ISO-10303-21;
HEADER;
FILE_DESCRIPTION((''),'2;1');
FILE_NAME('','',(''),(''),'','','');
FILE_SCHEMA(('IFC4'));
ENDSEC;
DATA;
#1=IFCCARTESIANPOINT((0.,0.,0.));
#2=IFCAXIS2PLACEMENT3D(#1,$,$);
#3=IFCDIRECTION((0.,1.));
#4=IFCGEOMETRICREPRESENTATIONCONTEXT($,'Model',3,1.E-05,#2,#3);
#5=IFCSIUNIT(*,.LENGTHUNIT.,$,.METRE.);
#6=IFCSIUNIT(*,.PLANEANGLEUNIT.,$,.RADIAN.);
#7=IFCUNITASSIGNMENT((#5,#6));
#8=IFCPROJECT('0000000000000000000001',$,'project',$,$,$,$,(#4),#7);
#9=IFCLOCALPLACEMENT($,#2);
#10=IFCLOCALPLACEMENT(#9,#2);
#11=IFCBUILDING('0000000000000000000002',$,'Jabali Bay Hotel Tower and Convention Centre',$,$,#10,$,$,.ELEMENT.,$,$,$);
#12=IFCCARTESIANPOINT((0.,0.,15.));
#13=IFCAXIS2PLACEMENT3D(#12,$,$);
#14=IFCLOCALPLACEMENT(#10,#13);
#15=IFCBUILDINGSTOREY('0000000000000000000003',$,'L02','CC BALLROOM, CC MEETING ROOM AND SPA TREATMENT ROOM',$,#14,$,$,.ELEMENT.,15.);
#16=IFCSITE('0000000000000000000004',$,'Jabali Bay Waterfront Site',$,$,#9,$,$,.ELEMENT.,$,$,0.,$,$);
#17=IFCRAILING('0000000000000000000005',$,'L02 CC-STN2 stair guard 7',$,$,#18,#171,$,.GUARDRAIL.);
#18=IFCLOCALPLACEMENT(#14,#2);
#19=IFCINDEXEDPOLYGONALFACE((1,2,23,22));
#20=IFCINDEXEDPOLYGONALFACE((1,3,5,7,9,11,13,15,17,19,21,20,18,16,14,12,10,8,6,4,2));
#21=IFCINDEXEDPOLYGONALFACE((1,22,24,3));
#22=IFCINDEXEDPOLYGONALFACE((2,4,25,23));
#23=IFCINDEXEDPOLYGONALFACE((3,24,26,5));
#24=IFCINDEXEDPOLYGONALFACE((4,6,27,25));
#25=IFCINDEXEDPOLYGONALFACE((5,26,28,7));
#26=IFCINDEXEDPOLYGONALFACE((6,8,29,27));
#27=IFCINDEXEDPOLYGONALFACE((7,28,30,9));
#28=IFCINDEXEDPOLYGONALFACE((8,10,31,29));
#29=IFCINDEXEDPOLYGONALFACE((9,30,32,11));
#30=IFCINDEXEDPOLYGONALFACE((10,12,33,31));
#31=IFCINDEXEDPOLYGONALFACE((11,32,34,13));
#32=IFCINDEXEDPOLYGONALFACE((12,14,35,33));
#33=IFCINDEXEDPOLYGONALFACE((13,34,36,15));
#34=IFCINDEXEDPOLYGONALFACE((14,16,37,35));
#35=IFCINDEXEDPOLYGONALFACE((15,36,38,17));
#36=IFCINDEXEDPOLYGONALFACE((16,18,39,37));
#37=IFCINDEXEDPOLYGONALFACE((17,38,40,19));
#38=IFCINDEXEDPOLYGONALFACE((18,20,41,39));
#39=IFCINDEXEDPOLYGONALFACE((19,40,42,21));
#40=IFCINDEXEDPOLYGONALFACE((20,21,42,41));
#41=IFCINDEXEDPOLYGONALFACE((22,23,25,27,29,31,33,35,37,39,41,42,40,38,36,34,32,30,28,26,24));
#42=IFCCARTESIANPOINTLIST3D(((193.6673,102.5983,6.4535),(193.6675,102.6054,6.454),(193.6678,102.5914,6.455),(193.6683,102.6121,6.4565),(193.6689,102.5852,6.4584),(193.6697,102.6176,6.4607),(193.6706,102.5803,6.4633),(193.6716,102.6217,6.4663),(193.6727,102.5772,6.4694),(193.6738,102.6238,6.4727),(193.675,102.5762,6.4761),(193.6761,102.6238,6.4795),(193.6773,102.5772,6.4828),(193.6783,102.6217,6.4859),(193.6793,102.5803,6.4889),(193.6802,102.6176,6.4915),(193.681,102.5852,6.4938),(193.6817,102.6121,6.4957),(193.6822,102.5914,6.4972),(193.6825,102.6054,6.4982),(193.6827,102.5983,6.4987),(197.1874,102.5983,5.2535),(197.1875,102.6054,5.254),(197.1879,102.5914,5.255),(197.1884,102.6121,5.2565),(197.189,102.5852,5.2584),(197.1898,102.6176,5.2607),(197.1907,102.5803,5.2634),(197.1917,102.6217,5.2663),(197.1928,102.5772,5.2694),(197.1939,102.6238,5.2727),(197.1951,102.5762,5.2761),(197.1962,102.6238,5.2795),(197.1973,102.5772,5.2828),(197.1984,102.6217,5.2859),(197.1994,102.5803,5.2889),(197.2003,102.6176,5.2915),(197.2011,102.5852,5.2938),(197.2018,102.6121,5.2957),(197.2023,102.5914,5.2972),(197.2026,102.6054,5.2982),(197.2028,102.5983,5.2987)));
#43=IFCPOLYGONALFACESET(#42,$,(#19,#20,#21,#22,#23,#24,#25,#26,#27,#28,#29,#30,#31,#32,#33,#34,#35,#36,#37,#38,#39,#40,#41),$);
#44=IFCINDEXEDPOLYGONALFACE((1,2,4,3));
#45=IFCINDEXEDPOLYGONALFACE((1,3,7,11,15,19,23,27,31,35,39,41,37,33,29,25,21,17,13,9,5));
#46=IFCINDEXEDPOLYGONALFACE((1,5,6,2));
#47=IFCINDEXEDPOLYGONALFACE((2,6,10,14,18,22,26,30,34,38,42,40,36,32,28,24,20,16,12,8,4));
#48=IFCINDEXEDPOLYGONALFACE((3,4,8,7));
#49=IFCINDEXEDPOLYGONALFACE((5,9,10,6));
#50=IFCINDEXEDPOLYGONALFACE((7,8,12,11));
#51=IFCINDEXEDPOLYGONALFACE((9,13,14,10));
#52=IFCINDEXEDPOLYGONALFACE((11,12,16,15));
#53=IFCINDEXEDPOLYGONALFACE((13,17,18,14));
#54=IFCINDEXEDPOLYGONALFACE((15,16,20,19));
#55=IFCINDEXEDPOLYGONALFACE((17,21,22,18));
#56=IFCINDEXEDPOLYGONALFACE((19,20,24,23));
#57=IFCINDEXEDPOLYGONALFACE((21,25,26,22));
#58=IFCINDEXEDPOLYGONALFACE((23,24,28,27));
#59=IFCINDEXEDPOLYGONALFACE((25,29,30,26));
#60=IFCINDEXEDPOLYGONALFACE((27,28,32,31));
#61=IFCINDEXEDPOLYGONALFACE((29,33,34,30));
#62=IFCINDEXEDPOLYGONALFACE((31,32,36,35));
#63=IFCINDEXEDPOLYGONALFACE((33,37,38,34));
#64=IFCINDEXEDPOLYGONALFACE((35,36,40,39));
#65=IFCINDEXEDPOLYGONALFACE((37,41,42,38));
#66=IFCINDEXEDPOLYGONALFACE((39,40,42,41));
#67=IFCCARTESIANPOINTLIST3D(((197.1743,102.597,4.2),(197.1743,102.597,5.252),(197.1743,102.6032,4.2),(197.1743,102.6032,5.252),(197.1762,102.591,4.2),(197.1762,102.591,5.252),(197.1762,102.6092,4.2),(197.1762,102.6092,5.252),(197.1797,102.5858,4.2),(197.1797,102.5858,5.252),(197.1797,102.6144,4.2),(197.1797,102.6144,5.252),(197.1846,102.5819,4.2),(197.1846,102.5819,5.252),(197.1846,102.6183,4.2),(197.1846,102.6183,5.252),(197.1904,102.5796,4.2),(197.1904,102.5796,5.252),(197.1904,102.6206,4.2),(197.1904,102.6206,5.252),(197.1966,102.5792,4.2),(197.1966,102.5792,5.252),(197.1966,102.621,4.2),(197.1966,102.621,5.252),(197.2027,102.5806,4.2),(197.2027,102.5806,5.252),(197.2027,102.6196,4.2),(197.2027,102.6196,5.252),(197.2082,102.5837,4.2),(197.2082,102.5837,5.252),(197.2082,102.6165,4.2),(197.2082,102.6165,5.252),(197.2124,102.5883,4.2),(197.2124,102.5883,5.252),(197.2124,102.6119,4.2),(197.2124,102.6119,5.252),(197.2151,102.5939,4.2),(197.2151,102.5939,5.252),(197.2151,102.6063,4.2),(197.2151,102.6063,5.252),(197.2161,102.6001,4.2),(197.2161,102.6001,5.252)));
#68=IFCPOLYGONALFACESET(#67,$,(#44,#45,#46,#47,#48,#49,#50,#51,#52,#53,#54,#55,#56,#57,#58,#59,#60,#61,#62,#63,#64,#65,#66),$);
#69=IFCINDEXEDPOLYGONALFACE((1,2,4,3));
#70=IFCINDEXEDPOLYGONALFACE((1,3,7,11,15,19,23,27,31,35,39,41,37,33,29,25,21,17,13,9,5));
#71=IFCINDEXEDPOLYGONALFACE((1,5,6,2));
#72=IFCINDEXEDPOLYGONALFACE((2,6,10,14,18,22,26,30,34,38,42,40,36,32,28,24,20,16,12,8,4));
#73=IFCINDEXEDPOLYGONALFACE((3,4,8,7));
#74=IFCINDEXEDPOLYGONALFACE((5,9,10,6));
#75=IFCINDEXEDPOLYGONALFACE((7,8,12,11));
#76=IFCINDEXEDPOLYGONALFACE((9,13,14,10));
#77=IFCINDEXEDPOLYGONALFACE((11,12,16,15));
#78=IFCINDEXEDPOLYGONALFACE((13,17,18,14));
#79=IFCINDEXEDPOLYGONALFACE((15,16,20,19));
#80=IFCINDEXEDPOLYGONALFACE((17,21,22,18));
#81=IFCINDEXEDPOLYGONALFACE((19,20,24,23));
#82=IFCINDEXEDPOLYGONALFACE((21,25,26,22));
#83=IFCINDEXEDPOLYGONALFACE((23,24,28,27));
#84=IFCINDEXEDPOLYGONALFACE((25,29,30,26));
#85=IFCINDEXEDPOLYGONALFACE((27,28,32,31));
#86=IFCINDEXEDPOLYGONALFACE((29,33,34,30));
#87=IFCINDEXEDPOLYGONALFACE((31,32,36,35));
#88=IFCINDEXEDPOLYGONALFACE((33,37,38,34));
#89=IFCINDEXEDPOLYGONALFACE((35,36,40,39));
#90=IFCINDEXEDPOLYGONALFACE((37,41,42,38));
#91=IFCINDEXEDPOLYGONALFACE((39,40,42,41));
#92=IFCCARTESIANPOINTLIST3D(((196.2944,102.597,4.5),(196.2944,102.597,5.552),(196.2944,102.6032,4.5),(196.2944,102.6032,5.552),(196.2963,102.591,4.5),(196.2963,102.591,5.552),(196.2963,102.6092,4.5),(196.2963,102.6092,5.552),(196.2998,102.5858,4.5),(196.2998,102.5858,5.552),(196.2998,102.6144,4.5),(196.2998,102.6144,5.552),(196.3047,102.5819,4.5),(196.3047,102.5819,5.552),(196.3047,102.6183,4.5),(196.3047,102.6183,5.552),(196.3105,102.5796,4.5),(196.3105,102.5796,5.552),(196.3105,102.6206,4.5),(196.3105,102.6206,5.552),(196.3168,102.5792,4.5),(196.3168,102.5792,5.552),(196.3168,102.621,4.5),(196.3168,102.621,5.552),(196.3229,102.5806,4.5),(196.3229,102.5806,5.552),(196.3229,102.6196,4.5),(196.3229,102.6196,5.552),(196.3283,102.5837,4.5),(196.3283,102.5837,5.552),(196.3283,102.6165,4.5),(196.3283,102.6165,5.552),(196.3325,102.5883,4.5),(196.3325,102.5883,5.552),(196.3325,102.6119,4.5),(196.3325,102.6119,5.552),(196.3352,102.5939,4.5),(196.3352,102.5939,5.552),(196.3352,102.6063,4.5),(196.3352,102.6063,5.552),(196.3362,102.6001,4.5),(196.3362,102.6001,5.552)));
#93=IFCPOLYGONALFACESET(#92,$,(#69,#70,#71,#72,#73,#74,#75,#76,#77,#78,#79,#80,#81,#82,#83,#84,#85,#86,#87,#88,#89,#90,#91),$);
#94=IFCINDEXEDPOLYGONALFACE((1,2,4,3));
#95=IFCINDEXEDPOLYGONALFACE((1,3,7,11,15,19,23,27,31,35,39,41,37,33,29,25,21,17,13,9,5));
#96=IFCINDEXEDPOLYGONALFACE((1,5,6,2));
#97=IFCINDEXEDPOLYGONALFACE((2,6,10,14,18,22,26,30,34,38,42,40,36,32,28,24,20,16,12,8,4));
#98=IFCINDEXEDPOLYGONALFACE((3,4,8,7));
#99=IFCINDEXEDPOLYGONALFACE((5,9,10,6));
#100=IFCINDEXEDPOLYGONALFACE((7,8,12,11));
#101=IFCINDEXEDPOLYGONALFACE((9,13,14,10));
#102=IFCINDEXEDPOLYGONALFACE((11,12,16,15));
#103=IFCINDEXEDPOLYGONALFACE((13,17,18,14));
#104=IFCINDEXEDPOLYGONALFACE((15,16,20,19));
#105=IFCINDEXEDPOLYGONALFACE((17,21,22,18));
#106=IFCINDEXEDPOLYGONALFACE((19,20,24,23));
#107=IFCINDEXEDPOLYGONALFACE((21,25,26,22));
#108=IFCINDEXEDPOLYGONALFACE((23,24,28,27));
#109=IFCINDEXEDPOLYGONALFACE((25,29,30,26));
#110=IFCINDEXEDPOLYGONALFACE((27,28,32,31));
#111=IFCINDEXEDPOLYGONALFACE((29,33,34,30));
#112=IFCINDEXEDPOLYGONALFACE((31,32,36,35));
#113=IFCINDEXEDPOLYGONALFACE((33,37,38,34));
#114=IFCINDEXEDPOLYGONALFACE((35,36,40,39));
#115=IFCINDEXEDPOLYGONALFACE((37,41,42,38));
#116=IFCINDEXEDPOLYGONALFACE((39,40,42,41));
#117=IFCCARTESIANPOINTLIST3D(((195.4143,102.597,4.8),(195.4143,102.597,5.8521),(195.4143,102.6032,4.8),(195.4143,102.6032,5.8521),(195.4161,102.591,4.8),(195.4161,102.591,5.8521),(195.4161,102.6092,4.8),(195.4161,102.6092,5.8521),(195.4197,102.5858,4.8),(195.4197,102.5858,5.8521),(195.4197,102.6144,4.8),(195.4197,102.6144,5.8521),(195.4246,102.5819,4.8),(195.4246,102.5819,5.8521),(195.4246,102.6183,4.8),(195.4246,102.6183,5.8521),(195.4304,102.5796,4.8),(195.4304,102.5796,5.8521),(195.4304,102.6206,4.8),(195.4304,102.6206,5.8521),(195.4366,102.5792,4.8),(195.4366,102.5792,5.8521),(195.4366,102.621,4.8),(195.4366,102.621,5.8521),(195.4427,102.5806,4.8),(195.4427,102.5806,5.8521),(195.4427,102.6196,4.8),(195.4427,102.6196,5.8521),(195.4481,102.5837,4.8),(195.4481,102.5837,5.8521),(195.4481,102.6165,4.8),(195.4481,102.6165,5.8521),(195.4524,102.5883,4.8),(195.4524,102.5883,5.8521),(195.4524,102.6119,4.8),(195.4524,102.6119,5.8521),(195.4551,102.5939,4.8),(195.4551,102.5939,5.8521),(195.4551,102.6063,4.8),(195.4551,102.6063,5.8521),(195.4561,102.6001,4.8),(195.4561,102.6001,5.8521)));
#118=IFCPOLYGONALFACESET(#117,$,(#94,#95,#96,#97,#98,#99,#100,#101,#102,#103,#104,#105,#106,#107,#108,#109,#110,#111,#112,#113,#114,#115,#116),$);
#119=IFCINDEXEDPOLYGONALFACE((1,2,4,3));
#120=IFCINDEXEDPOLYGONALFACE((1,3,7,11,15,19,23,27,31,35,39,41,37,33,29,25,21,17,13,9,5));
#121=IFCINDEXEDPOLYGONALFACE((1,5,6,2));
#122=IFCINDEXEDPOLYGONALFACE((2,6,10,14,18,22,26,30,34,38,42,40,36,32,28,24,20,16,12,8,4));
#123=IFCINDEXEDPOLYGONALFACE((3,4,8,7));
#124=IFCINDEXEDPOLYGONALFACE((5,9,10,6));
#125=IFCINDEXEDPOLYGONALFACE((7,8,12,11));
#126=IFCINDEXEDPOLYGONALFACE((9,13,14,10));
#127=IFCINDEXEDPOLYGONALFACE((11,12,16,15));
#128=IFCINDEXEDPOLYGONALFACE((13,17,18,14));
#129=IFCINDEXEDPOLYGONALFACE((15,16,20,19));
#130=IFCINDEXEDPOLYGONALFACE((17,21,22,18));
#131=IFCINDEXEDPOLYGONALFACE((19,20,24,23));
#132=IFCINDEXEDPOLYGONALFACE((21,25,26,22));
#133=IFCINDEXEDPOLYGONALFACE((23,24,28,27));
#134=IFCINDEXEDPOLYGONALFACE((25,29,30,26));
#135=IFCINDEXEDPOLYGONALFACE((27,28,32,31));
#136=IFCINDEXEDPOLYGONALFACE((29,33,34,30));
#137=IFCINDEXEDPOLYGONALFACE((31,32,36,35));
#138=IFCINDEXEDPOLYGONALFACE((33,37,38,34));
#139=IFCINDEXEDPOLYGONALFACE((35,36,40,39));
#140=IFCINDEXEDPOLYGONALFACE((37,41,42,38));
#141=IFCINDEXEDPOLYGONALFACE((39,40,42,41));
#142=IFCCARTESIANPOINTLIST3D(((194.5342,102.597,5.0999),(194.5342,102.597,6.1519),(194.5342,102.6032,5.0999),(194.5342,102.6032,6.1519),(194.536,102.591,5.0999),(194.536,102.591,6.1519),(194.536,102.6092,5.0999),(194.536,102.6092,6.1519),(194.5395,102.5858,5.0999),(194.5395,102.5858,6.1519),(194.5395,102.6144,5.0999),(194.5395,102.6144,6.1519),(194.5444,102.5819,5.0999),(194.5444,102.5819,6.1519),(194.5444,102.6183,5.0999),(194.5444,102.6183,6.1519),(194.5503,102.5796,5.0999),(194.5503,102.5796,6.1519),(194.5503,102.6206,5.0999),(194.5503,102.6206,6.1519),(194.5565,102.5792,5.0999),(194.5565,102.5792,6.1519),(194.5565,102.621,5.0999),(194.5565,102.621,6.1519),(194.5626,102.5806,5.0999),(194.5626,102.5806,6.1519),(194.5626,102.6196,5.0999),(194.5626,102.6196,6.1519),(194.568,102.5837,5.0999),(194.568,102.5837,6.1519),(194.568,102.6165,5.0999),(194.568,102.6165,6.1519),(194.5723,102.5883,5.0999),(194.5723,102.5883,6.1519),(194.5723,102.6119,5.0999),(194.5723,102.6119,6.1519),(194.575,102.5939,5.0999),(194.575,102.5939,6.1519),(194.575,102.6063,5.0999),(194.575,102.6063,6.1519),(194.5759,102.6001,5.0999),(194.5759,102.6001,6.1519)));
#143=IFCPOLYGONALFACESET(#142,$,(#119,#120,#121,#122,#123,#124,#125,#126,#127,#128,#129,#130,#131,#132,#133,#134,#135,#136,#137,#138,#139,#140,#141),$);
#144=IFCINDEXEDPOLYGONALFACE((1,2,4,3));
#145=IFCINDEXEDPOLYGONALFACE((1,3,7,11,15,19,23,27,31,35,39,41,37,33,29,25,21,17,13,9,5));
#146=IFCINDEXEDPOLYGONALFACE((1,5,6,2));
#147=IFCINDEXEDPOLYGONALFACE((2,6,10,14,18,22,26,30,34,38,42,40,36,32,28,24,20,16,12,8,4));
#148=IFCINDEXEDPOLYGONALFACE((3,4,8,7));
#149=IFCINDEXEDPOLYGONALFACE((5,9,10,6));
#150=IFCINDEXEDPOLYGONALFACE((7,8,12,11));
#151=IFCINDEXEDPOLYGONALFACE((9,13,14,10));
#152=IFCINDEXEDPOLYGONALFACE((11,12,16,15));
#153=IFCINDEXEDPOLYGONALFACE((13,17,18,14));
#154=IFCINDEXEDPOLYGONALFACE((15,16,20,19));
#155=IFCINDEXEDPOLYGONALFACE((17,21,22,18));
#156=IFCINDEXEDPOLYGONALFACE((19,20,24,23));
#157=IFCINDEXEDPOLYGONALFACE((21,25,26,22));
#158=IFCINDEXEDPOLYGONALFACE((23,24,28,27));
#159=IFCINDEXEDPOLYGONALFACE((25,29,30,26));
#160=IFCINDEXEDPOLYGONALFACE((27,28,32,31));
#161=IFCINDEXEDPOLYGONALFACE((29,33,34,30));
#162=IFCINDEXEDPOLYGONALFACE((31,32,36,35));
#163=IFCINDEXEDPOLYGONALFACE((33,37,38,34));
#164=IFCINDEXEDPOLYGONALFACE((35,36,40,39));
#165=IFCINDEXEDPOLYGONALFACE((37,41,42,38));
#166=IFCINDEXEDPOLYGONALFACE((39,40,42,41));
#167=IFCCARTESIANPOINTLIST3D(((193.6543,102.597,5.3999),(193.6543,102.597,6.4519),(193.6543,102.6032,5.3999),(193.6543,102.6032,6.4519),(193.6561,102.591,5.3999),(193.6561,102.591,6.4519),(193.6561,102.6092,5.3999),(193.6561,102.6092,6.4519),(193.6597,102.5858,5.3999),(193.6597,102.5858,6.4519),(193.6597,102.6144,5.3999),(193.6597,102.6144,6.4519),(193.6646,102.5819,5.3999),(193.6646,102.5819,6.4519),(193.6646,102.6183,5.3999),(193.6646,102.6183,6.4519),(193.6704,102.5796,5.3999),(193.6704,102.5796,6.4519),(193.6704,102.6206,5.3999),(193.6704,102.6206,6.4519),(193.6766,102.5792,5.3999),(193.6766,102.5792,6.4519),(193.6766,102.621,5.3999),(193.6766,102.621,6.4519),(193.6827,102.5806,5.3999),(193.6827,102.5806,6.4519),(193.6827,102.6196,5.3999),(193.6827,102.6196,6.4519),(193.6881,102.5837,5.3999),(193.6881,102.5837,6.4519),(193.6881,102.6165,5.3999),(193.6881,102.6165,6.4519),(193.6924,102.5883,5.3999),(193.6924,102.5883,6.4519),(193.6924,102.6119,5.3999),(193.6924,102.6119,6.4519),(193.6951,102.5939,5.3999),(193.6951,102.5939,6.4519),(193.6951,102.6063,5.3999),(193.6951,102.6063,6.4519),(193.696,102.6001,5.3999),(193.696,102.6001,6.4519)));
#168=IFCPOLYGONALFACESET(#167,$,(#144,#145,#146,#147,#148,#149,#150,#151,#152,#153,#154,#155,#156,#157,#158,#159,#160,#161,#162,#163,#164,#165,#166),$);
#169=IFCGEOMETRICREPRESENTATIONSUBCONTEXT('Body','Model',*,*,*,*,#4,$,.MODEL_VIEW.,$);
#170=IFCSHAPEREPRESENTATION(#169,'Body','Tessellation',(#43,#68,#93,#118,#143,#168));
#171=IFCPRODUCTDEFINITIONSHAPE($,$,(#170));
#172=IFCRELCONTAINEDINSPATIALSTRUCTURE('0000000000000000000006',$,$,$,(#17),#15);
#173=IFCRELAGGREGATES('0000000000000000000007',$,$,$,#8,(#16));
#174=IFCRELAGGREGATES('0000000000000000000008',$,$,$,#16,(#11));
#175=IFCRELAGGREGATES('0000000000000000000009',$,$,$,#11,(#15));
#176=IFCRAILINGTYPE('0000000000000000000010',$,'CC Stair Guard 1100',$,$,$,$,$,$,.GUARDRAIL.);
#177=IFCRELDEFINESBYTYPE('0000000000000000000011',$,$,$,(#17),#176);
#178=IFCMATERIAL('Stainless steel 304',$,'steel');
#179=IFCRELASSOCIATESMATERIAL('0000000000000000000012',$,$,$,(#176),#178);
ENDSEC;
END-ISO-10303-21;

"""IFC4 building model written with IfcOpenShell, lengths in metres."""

from ifc_helpers import new_model, si_unit, direction, frame, origin, origin_2d, place, context, subcontext, project, spatial, circle, extrude, material, type_object, element, save


model = new_model("IFC4")

# Units and contexts
model_context = context("Model", 3, precision=1e-05, world=origin(), true_north=direction((0.0, 1.0)))
body_context = subcontext(model_context, "Body", "Model", "MODEL_VIEW")
ifc_project = project(units=[si_unit("LENGTHUNIT", "METRE"), si_unit("PLANEANGLEUNIT", "RADIAN")], contexts=[model_context])

# Site, building, storey
site_placement = place(None, origin())
site = spatial("IfcSite", under=ifc_project, at=site_placement, Name="Jabali Bay Waterfront Site", CompositionType="ELEMENT", RefElevation=0.0)
building_placement = place(site_placement, origin())
building = spatial("IfcBuilding", under=site, at=building_placement, Name="Jabali Bay Hotel Tower and Convention Centre", CompositionType="ELEMENT")
storey_placement = place(building_placement, frame((0.0, 0.0, 15.0)))
storey = spatial("IfcBuildingStorey", under=building, at=storey_placement, Name="L02", Description="CC BALLROOM, CC MEETING ROOM AND SPA TREATMENT ROOM", CompositionType="ELEMENT", Elevation=15.0)

# Railing
ifc_material_1 = material(Name="Stainless steel 304", Category="steel")
railing_type_1 = type_object("IfcRailingType", Name="CC Stair Guard 1100", PredefinedType="GUARDRAIL", material=ifc_material_1)
railing_1_placement = place(storey_placement, frame((197.1951, 102.6001, 4.2)))
element("IfcRailing", 1, at=railing_1_placement, inside=storey, type_object=railing_type_1, Name="L02 CC-STN2 stair guard 7", PredefinedType="GUARDRAIL", context=body_context, shape_type="SweptSolid", body=[
    extrude(circle(Radius=0.0239, at=origin_2d()), frame((0.0, 0.0, 1.0762), z_axis=(-0.946515, 0.0, 0.322661), x_axis=(0.0, -1.0, 0.0)), (0.0, 0.0, 1.0), 3.719),
    extrude(circle(Radius=0.021, at=origin_2d()), origin(), (0.0, 0.0, 1.0), 1.052),
    extrude(circle(Radius=0.021, at=origin_2d()), frame((-0.8799, 0.0, 0.3)), (0.0, 0.0, 1.0), 1.052),
    extrude(circle(Radius=0.021, at=origin_2d()), frame((-1.76, 0.0, 0.6001)), (0.0, 0.0, 1.0), 1.052),
    extrude(circle(Radius=0.021, at=origin_2d()), frame((-2.6401, 0.0, 0.8999)), (0.0, 0.0, 1.0), 1.052),
    extrude(circle(Radius=0.021, at=origin_2d()), frame((-3.52, 0.0, 1.2)), (0.0, 0.0, 1.0), 1.052),
])

save(model, "model.ifc")
